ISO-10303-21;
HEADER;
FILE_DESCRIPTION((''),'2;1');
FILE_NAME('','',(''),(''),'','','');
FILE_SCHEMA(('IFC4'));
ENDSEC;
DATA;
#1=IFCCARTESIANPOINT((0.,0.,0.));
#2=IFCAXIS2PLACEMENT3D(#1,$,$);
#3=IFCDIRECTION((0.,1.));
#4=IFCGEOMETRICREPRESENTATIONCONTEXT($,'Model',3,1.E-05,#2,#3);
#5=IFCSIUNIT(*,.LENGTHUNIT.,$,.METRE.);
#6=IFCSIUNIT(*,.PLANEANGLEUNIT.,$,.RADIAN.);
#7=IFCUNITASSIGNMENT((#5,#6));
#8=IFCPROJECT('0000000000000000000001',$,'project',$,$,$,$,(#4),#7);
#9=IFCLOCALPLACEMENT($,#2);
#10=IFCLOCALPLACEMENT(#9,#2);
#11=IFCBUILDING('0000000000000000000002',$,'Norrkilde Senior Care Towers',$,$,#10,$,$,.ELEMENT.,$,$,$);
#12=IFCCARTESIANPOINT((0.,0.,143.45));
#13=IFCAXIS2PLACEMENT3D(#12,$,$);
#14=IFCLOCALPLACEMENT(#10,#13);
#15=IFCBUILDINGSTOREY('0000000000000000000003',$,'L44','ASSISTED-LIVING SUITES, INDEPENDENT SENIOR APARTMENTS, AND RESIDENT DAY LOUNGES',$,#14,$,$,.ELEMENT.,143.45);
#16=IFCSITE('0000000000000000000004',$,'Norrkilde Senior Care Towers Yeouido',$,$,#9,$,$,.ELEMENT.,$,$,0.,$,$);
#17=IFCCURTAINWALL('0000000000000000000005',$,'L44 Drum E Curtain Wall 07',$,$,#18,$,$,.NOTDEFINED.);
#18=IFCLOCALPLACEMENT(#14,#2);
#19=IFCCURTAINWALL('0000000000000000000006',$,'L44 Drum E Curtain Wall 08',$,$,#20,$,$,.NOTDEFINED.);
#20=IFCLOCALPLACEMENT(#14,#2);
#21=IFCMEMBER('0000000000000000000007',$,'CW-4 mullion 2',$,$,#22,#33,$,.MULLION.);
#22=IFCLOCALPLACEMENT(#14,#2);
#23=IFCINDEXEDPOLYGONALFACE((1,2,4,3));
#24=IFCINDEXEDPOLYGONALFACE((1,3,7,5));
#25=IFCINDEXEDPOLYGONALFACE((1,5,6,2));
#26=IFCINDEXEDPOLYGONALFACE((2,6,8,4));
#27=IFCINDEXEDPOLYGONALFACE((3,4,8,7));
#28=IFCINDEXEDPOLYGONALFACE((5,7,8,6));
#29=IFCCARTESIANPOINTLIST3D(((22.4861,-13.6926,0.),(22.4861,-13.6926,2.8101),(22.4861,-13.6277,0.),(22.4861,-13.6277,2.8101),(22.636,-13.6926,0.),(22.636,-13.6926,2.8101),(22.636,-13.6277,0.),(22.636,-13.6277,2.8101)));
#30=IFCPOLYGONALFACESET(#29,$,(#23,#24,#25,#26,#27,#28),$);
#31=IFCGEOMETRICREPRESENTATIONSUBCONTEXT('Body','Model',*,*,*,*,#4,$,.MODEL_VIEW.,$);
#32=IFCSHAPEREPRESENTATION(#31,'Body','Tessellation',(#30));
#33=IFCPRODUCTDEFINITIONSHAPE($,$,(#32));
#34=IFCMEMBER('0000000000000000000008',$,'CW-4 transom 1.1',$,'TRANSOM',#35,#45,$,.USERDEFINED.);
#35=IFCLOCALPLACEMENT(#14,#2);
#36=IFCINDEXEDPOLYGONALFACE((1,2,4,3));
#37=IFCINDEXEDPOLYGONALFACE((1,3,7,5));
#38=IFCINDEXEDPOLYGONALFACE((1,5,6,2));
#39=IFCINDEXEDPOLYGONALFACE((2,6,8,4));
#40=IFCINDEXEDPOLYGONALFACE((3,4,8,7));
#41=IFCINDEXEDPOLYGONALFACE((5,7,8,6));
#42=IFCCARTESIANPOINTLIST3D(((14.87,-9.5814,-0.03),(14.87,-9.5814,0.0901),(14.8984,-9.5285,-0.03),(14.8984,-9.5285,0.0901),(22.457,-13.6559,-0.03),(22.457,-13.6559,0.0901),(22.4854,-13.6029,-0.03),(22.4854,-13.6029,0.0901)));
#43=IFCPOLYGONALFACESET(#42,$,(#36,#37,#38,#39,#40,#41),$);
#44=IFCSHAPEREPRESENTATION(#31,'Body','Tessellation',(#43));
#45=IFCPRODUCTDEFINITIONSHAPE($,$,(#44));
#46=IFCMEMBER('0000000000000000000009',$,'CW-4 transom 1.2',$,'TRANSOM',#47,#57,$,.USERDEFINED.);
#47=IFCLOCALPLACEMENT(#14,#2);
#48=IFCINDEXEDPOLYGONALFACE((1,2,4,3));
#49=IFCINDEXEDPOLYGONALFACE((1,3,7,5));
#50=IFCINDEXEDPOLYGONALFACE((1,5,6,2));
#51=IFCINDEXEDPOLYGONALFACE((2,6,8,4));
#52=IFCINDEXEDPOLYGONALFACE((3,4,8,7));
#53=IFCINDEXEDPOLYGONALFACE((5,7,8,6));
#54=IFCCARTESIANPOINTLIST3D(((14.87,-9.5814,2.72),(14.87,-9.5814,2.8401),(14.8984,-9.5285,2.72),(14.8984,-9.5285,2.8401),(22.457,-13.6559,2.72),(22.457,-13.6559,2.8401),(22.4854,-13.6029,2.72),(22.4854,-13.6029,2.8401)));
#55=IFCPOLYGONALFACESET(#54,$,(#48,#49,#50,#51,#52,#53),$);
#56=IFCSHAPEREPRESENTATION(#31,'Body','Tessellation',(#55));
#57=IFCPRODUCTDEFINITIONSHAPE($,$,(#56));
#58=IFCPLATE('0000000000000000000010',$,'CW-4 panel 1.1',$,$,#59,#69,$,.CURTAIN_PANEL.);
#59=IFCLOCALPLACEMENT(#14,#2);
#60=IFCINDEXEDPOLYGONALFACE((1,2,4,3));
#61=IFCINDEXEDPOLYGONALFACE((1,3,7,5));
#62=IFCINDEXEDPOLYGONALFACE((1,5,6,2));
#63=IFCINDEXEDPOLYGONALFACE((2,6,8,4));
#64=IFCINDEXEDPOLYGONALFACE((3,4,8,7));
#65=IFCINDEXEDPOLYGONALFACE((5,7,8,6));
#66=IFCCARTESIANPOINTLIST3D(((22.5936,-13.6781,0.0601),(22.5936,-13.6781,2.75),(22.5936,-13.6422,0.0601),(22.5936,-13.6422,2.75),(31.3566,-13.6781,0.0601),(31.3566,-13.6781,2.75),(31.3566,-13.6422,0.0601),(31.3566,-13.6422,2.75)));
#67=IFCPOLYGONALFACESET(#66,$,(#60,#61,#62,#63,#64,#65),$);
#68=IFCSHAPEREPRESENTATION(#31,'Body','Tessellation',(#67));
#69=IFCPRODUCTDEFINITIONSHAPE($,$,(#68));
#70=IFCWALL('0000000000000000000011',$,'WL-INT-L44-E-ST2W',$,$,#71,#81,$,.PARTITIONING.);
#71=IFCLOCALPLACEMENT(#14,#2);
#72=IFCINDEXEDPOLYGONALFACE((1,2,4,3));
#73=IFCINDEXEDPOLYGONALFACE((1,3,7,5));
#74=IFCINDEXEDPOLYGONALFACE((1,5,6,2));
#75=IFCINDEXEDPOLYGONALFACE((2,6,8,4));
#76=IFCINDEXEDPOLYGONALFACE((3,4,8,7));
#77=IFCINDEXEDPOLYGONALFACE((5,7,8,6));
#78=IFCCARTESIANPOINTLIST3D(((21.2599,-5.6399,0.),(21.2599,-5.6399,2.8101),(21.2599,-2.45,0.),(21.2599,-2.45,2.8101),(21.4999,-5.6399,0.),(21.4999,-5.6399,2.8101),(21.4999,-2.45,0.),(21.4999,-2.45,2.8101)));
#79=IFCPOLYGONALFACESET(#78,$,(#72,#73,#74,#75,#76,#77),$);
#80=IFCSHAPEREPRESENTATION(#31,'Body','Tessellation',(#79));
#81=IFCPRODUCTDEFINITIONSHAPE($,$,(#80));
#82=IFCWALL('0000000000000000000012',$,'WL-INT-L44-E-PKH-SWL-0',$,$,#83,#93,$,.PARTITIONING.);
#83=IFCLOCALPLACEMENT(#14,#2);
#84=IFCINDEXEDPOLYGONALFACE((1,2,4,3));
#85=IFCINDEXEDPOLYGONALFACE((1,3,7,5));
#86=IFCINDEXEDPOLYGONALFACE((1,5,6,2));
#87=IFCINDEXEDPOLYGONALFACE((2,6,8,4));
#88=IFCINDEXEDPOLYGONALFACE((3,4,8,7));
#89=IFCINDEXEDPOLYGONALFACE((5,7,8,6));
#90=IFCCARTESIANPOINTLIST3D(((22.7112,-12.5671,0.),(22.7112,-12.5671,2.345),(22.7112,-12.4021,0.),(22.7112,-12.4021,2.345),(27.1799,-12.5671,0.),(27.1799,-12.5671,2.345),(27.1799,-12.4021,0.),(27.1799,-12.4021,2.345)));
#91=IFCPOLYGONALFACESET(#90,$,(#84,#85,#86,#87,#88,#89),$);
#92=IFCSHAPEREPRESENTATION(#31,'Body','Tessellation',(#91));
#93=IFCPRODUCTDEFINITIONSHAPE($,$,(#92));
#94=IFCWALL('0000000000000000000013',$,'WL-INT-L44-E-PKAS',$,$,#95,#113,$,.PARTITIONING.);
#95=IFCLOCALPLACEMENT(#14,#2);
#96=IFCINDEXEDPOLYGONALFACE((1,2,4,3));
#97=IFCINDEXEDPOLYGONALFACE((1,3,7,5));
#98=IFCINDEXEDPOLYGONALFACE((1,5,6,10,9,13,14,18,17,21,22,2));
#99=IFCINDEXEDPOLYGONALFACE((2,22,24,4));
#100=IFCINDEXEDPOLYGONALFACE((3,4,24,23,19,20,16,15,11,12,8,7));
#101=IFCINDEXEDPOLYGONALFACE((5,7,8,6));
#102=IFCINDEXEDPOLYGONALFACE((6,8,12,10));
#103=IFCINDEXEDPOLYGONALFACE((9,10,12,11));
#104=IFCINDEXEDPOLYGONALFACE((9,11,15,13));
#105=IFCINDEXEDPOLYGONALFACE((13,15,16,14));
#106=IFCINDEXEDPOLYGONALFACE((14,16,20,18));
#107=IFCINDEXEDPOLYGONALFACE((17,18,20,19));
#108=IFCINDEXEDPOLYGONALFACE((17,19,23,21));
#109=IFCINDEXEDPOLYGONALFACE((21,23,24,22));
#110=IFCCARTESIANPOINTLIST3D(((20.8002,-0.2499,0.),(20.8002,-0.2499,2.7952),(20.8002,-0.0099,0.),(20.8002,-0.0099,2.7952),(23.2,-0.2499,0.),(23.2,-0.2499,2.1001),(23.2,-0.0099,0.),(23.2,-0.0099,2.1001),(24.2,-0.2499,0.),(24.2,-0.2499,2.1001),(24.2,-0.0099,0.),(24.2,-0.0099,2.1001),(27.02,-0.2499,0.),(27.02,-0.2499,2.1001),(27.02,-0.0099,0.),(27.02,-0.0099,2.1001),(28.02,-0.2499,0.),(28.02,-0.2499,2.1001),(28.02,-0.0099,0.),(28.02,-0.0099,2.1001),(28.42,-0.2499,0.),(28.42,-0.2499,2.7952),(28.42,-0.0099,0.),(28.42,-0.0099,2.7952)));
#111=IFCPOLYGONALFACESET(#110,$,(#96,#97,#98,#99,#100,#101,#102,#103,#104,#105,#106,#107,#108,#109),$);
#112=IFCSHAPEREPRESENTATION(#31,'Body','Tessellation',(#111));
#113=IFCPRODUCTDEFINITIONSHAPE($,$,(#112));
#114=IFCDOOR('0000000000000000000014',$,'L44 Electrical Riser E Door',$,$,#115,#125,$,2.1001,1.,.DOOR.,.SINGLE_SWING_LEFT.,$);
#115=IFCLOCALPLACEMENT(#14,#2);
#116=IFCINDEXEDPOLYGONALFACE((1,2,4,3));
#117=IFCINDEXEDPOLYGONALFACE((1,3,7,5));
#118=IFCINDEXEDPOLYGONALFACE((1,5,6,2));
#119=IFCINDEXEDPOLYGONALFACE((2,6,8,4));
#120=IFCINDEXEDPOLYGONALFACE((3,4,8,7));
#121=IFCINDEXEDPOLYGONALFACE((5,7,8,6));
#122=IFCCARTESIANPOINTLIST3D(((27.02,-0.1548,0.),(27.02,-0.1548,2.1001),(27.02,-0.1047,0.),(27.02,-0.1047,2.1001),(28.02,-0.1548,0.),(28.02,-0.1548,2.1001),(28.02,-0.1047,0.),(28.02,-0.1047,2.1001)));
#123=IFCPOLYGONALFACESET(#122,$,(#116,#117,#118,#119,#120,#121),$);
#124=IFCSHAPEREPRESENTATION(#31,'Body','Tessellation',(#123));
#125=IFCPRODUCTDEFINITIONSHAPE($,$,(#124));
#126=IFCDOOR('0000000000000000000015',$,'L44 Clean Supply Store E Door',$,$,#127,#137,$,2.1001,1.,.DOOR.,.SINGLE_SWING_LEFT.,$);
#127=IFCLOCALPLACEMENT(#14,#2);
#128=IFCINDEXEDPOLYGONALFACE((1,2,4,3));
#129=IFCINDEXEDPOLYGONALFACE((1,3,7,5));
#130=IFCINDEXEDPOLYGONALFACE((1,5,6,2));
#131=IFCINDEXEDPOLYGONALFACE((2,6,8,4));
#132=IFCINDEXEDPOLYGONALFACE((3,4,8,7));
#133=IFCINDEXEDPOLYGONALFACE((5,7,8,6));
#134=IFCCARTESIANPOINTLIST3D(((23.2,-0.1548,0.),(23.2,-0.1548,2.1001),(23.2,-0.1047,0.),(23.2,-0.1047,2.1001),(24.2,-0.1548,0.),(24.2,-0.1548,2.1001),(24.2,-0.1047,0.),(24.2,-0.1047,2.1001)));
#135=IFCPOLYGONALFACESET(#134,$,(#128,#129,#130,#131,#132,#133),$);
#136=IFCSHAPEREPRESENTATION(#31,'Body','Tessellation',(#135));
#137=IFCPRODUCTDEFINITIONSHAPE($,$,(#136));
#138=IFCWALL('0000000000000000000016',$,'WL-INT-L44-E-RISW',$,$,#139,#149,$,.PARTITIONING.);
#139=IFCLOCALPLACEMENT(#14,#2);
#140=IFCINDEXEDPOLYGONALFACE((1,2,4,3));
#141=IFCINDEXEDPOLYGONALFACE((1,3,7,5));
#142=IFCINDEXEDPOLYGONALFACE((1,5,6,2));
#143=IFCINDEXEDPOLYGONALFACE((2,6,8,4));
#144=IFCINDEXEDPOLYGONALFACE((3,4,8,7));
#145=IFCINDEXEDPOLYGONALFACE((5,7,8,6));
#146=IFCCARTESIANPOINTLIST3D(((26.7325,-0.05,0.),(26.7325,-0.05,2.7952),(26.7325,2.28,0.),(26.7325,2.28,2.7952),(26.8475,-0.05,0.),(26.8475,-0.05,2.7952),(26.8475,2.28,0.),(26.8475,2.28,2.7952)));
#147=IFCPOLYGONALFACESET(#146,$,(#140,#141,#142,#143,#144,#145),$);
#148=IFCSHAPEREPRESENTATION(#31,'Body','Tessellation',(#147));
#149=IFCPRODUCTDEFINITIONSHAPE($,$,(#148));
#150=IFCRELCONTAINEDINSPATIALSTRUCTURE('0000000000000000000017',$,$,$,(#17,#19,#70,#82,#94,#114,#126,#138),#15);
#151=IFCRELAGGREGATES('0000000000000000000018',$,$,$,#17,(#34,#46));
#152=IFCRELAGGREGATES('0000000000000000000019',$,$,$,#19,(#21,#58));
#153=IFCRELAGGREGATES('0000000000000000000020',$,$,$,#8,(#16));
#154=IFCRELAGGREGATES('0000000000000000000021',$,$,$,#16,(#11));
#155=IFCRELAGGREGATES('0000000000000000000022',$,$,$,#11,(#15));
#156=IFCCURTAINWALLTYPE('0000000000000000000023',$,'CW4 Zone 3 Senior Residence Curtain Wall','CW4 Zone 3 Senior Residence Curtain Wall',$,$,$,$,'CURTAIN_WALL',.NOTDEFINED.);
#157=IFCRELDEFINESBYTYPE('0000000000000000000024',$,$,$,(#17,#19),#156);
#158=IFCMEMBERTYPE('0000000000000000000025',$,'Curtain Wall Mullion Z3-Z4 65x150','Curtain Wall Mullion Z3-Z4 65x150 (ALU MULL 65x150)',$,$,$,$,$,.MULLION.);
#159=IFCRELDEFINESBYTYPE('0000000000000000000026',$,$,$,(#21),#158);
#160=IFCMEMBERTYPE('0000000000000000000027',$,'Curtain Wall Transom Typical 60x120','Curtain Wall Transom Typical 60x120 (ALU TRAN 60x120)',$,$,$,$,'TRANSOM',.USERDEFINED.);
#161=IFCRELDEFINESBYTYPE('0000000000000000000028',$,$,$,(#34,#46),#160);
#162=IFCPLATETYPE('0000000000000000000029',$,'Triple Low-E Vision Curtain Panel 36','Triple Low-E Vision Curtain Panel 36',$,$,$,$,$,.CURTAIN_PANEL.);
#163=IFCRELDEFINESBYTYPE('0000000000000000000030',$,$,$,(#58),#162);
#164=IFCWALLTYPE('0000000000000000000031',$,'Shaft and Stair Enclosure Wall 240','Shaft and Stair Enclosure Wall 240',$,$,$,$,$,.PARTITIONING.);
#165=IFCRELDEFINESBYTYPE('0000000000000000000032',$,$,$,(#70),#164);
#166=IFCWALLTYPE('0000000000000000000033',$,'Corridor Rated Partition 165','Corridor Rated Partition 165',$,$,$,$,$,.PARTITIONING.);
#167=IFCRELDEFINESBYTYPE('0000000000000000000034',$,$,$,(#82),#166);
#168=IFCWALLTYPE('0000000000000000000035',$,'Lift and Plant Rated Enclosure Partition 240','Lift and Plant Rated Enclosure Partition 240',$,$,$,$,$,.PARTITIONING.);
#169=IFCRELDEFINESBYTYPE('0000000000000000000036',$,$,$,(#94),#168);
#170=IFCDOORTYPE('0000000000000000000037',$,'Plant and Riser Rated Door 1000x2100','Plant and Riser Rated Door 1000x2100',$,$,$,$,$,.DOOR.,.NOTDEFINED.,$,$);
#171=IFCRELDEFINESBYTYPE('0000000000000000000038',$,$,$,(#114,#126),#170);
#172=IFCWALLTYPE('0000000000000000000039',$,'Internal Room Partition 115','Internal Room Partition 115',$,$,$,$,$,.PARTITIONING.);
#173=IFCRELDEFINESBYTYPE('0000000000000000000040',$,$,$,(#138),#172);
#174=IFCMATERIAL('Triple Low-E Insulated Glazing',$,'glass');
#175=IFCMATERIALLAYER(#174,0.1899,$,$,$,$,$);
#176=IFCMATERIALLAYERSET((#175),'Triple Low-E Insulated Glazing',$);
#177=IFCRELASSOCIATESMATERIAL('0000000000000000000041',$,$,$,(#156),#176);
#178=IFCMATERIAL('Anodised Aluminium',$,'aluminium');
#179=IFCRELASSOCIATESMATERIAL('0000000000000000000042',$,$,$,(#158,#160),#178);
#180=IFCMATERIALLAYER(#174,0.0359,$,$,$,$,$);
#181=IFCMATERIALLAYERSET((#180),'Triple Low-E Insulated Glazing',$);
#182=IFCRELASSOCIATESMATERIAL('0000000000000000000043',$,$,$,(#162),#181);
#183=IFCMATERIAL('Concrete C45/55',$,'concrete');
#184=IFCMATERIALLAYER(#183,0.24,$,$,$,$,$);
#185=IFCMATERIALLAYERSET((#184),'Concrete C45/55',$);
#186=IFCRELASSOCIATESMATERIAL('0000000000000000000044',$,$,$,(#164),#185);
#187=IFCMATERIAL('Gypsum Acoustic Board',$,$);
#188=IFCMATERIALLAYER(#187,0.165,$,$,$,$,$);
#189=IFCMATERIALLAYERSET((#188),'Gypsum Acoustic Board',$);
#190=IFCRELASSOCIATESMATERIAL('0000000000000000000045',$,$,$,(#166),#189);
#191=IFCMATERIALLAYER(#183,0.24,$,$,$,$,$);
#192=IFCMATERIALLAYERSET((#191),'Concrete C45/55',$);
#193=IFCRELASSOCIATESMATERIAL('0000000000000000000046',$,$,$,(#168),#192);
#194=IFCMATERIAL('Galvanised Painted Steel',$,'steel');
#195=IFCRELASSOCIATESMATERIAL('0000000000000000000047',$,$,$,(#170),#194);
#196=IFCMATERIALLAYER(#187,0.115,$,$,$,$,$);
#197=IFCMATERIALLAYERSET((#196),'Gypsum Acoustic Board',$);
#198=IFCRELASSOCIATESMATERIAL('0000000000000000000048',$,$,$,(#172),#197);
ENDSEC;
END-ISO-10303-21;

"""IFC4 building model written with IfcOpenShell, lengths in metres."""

from ifc_helpers import new_model, si_unit, direction, frame, frame_2d, origin, origin_2d, place, context, subcontext, project, spatial, rectangle, extrude, source, transform, mapped, material, layer, layer_set, material_profile, profile_set, type_object, type_shapes, element, fill, aggregate, save


model = new_model("IFC4")

# Units and contexts
model_context = context("Model", 3, precision=1e-05, world=origin(), true_north=direction((0.0, 1.0)))
body_context = subcontext(model_context, "Body", "Model", "MODEL_VIEW")
ifc_project = project(units=[si_unit("LENGTHUNIT", "METRE"), si_unit("PLANEANGLEUNIT", "RADIAN")], contexts=[model_context])

# Site, building, storey
site_placement = place(None, origin())
site = spatial("IfcSite", under=ifc_project, at=site_placement, Name="Norrkilde Senior Care Towers Yeouido", CompositionType="ELEMENT", RefElevation=0.0)
building_placement = place(site_placement, origin())
building = spatial("IfcBuilding", under=site, at=building_placement, Name="Norrkilde Senior Care Towers", CompositionType="ELEMENT")
storey_placement = place(building_placement, frame((0.0, 0.0, 143.45)))
storey = spatial("IfcBuildingStorey", under=building, at=storey_placement, Name="L44", Description="ASSISTED-LIVING SUITES, INDEPENDENT SENIOR APARTMENTS, AND RESIDENT DAY LOUNGES", CompositionType="ELEMENT", Elevation=143.45)

# Curtain walls, member
ifc_material_1 = material(Name="Triple Low-E Insulated Glazing", Category="glass")
ifc_layer_1 = layer(ifc_material_1, 0.1899)
ifc_layer_set_1 = layer_set([ifc_layer_1], Name="Triple Low-E Insulated Glazing")
curtain_wall_type = type_object("IfcCurtainWallType", Name="CW4 Zone 3 Senior Residence Curtain Wall", Description="CW4 Zone 3 Senior Residence Curtain Wall", ElementType="CURTAIN_WALL", PredefinedType="NOTDEFINED", material=ifc_layer_set_1)
curtain_wall_1_placement = place(storey_placement, origin())
curtain_wall_1 = element("IfcCurtainWall", 1, at=curtain_wall_1_placement, inside=storey, type_object=curtain_wall_type, Name="L44 Drum E Curtain Wall 07", PredefinedType="NOTDEFINED")
ifc_material_2 = material(Name="Anodised Aluminium", Category="aluminium")
ifc_material_profile_1 = material_profile(ifc_material_2, rectangle(XDim=0.0649, YDim=0.1499, at=origin_2d()), Name="ALU MULL 65x150")
ifc_profile_set_1 = profile_set([ifc_material_profile_1], Name="Anodised Aluminium")
member_type_1 = type_object("IfcMemberType", Name="Curtain Wall Mullion Z3-Z4 65x150", Description="Curtain Wall Mullion Z3-Z4 65x150 (ALU MULL 65x150)", PredefinedType="MULLION", material=ifc_profile_set_1)
shared_shape_1 = source(origin(), body_context, "Body", "SweptSolid", [
    extrude(rectangle(XDim=0.0649, YDim=0.1499, at=origin_2d()), origin(), (0.0, 0.0, 1.0), 2.8101),
])
type_shapes(member_type_1, [shared_shape_1])
curtain_wall_2_placement = place(storey_placement, origin())
curtain_wall_2 = element("IfcCurtainWall", 2, at=curtain_wall_2_placement, inside=storey, type_object=curtain_wall_type, Name="L44 Drum E Curtain Wall 08", PredefinedType="NOTDEFINED")
member_1_placement = place(storey_placement, frame((22.561, -13.6602, 0.0), z_axis=(0.0, 0.0, 1.0), x_axis=(0.0, -1.0, 0.0)))
member_1 = element("IfcMember", 3, at=member_1_placement, type_object=member_type_1, Name="CW-4 mullion 2", PredefinedType="MULLION", context=body_context, shape_type="MappedRepresentation", body=[
    mapped(shared_shape_1, transform((0.0, 0.0, 0.0), x_axis=(1.0, 0.0, 0.0), y_axis=(0.0, 1.0, 0.0), z_axis=(0.0, 0.0, 1.0), scale=1.0)),
])

# Members
ifc_material_profile_2 = material_profile(ifc_material_2, rectangle(XDim=0.0601, YDim=0.1201, at=origin_2d()), Name="ALU TRAN 60x120")
ifc_profile_set_2 = profile_set([ifc_material_profile_2], Name="Anodised Aluminium")
member_type_2 = type_object("IfcMemberType", Name="Curtain Wall Transom Typical 60x120", Description="Curtain Wall Transom Typical 60x120 (ALU TRAN 60x120)", ElementType="TRANSOM", PredefinedType="USERDEFINED", material=ifc_profile_set_2)
shared_shape_2 = source(origin(), body_context, "Body", "SweptSolid", [
    extrude(rectangle(XDim=0.0601, YDim=0.1201, at=origin_2d()), origin(), (0.0, 0.0, 1.0), 8.6118),
])
type_shapes(member_type_2, [shared_shape_2])
member_2_placement = place(storey_placement, frame((22.4712, -13.6294, 0.03), z_axis=(-0.880994, 0.473127, 0.0), x_axis=(-0.473127, -0.880994, 0.0)))
member_2 = element("IfcMember", 4, at=member_2_placement, type_object=member_type_2, Name="CW-4 transom 1.1", ObjectType="TRANSOM", PredefinedType="USERDEFINED", context=body_context, shape_type="MappedRepresentation", body=[
    mapped(shared_shape_2, transform((0.0, 0.0, 0.0), x_axis=(1.0, 0.0, 0.0), y_axis=(0.0, 1.0, 0.0), z_axis=(0.0, 0.0, 1.0), scale=1.0)),
])
member_3_placement = place(storey_placement, frame((22.4712, -13.6294, 2.78), z_axis=(-0.880994, 0.473127, 0.0), x_axis=(-0.473127, -0.880994, 0.0)))
member_3 = element("IfcMember", 5, at=member_3_placement, type_object=member_type_2, Name="CW-4 transom 1.2", ObjectType="TRANSOM", PredefinedType="USERDEFINED", context=body_context, shape_type="MappedRepresentation", body=[
    mapped(shared_shape_2, transform((0.0, 0.0, 0.0), x_axis=(1.0, 0.0, 0.0), y_axis=(0.0, 1.0, 0.0), z_axis=(0.0, 0.0, 1.0), scale=1.0)),
])
aggregate(curtain_wall_1, [member_2, member_3])

# Plate
ifc_layer_2 = layer(ifc_material_1, 0.0359)
ifc_layer_set_2 = layer_set([ifc_layer_2], Name="Triple Low-E Insulated Glazing")
plate_type = type_object("IfcPlateType", Name="Triple Low-E Vision Curtain Panel 36", Description="Triple Low-E Vision Curtain Panel 36", PredefinedType="CURTAIN_PANEL", material=ifc_layer_set_2)
shared_shape_3 = source(origin(), body_context, "Body", "SweptSolid", [
    extrude(rectangle(XDim=8.7629, YDim=0.0359, at=origin_2d()), origin(), (0.0, 0.0, 1.0), 2.6899),
])
type_shapes(plate_type, [shared_shape_3])
plate_placement = place(storey_placement, frame((26.9751, -13.6602, 0.0601), z_axis=(0.0, 0.0, 1.0), x_axis=(-1.0, 0.0, 0.0)))
plate = element("IfcPlate", 6, at=plate_placement, type_object=plate_type, Name="CW-4 panel 1.1", PredefinedType="CURTAIN_PANEL", context=body_context, shape_type="MappedRepresentation", body=[
    mapped(shared_shape_3, transform((0.0, 0.0, 0.0), x_axis=(1.0, 0.0, 0.0), y_axis=(0.0, 1.0, 0.0), z_axis=(0.0, 0.0, 1.0), scale=1.0)),
])
aggregate(curtain_wall_2, [member_1, plate])

# Walls
ifc_material_3 = material(Name="Concrete C45/55", Category="concrete")
ifc_layer_3 = layer(ifc_material_3, 0.24)
ifc_layer_set_3 = layer_set([ifc_layer_3], Name="Concrete C45/55")
wall_type_1 = type_object("IfcWallType", Name="Shaft and Stair Enclosure Wall 240", Description="Shaft and Stair Enclosure Wall 240", PredefinedType="PARTITIONING", material=ifc_layer_set_3)
shared_shape_4 = source(origin(), body_context, "Body", "SweptSolid", [
    extrude(rectangle(XDim=3.1899, YDim=0.24, at=frame_2d((1.595, 0.0))), origin(), (0.0, 0.0, 1.0), 2.8101),
])
type_shapes(wall_type_1, [shared_shape_4])
wall_1_placement = place(storey_placement, frame((21.3799, -5.6399, 0.0), z_axis=(0.0, 0.0, 1.0), x_axis=(0.0, 1.0, 0.0)))
element("IfcWall", 7, at=wall_1_placement, inside=storey, type_object=wall_type_1, Name="WL-INT-L44-E-ST2W", PredefinedType="PARTITIONING", context=body_context, shape_type="MappedRepresentation", body=[
    mapped(shared_shape_4, transform((0.0, 0.0, 0.0), x_axis=(1.0, 0.0, 0.0), y_axis=(0.0, 1.0, 0.0), z_axis=(0.0, 0.0, 1.0), scale=1.0)),
])
ifc_material_4 = material(Name="Gypsum Acoustic Board")
ifc_layer_4 = layer(ifc_material_4, 0.165)
ifc_layer_set_4 = layer_set([ifc_layer_4], Name="Gypsum Acoustic Board")
wall_type_2 = type_object("IfcWallType", Name="Corridor Rated Partition 165", Description="Corridor Rated Partition 165", PredefinedType="PARTITIONING", material=ifc_layer_set_4)
shared_shape_5 = source(origin(), body_context, "Body", "SweptSolid", [
    extrude(rectangle(XDim=4.4688, YDim=0.165, at=frame_2d((2.2344, 0.0))), origin(), (0.0, 0.0, 1.0), 2.345),
])
wall_2_placement = place(storey_placement, frame((22.7112, -12.4846, 0.0), z_axis=(0.0, 0.0, 1.0), x_axis=(1.0, 0.0, 0.0)))
element("IfcWall", 8, at=wall_2_placement, inside=storey, type_object=wall_type_2, Name="WL-INT-L44-E-PKH-SWL-0", PredefinedType="PARTITIONING", context=body_context, shape_type="MappedRepresentation", body=[
    mapped(shared_shape_5, transform((0.0, 0.0, 0.0), x_axis=(1.0, 0.0, 0.0), y_axis=(0.0, 1.0, 0.0), z_axis=(0.0, 0.0, 1.0), scale=1.0)),
])

# Wall, openings, doors
ifc_layer_5 = layer(ifc_material_3, 0.24)
ifc_layer_set_5 = layer_set([ifc_layer_5], Name="Concrete C45/55")
wall_type_3 = type_object("IfcWallType", Name="Lift and Plant Rated Enclosure Partition 240", Description="Lift and Plant Rated Enclosure Partition 240", PredefinedType="PARTITIONING", material=ifc_layer_set_5)
shared_shape_6 = source(origin(), body_context, "Body", "SweptSolid", [
    extrude(rectangle(XDim=7.6199, YDim=0.24, at=frame_2d((3.8101, 0.0))), origin(), (0.0, 0.0, 1.0), 2.7952),
])
type_shapes(wall_type_3, [shared_shape_6])
wall_3_placement = place(storey_placement, frame((20.8, -0.1299, 0.0), z_axis=(0.0, 0.0, 1.0), x_axis=(1.0, 0.0, 0.0)))
wall_3 = element("IfcWall", 9, at=wall_3_placement, inside=storey, type_object=wall_type_3, Name="WL-INT-L44-E-PKAS", PredefinedType="PARTITIONING", context=body_context, shape_type="MappedRepresentation", body=[
    mapped(shared_shape_6, transform((0.0, 0.0, 0.0), x_axis=(1.0, 0.0, 0.0), y_axis=(0.0, 1.0, 0.0), z_axis=(0.0, 0.0, 1.0), scale=1.0)),
])
opening_1_placement = place(wall_3_placement, frame((6.22, 0.0, 0.0)))
opening_1 = element("IfcOpeningElement", 10, at=opening_1_placement, cuts=wall_3, PredefinedType="OPENING", context=body_context, shape_type="SweptSolid", body=[
    extrude(rectangle(XDim=1.0, YDim=2.1001, at=frame_2d((0.5, 1.05))), frame((0.0, 0.1299, 0.0), z_axis=(0.0, -1.0, 0.0), x_axis=(1.0, 0.0, 0.0)), (0.0, 0.0, 1.0), 0.26),
])
opening_2_placement = place(wall_3_placement, frame((2.3999, 0.0, 0.0)))
opening_2 = element("IfcOpeningElement", 11, at=opening_2_placement, cuts=wall_3, PredefinedType="OPENING", context=body_context, shape_type="SweptSolid", body=[
    extrude(rectangle(XDim=1.0, YDim=2.1001, at=frame_2d((0.5, 1.05))), frame((0.0, 0.1299, 0.0), z_axis=(0.0, -1.0, 0.0), x_axis=(1.0, 0.0, 0.0)), (0.0, 0.0, 1.0), 0.26),
])
ifc_material_5 = material(Name="Galvanised Painted Steel", Category="steel")
door_type = type_object("IfcDoorType", Name="Plant and Riser Rated Door 1000x2100", Description="Plant and Riser Rated Door 1000x2100", OperationType="NOTDEFINED", PredefinedType="DOOR", material=ifc_material_5)
shared_shape_7 = source(origin(), body_context, "Body", "SweptSolid", [
    extrude(rectangle(XDim=1.0, YDim=2.1001, at=frame_2d((0.5, 1.05))), frame((0.0, 0.0249, 0.0), z_axis=(0.0, -1.0, 0.0), x_axis=(1.0, 0.0, 0.0)), (0.0, 0.0, 1.0), 0.05),
])
type_shapes(door_type, [shared_shape_7])
door_1_placement = place(opening_1_placement, frame((1.0, 0.0, 0.0), z_axis=(0.0, 0.0, 1.0), x_axis=(-1.0, 0.0, 0.0)))
door_1 = element("IfcDoor", 12, at=door_1_placement, inside=storey, type_object=door_type, Name="L44 Electrical Riser E Door", OperationType="SINGLE_SWING_LEFT", OverallHeight=2.1001, OverallWidth=1.0, PredefinedType="DOOR", context=body_context, shape_type="MappedRepresentation", body=[
    mapped(shared_shape_7, transform((0.0, 0.0, 0.0), x_axis=(1.0, 0.0, 0.0), y_axis=(0.0, 1.0, 0.0), z_axis=(0.0, 0.0, 1.0), scale=1.0)),
])
fill(opening_1, door_1)
door_2_placement = place(opening_2_placement, frame((1.0, 0.0, 0.0), z_axis=(0.0, 0.0, 1.0), x_axis=(-1.0, 0.0, 0.0)))
door_2 = element("IfcDoor", 13, at=door_2_placement, inside=storey, type_object=door_type, Name="L44 Clean Supply Store E Door", OperationType="SINGLE_SWING_LEFT", OverallHeight=2.1001, OverallWidth=1.0, PredefinedType="DOOR", context=body_context, shape_type="MappedRepresentation", body=[
    mapped(shared_shape_7, transform((0.0, 0.0, 0.0), x_axis=(1.0, 0.0, 0.0), y_axis=(0.0, 1.0, 0.0), z_axis=(0.0, 0.0, 1.0), scale=1.0)),
])
fill(opening_2, door_2)

# Wall
ifc_layer_6 = layer(ifc_material_4, 0.115)
ifc_layer_set_6 = layer_set([ifc_layer_6], Name="Gypsum Acoustic Board")
wall_type_4 = type_object("IfcWallType", Name="Internal Room Partition 115", Description="Internal Room Partition 115", PredefinedType="PARTITIONING", material=ifc_layer_set_6)
shared_shape_8 = source(origin(), body_context, "Body", "SweptSolid", [
    extrude(rectangle(XDim=2.3301, YDim=0.115, at=frame_2d((1.165, 0.0))), origin(), (0.0, 0.0, 1.0), 2.7952),
])
type_shapes(wall_type_4, [shared_shape_8])
wall_4_placement = place(storey_placement, frame((26.79, -0.05, 0.0), z_axis=(0.0, 0.0, 1.0), x_axis=(0.0, 1.0, 0.0)))
element("IfcWall", 14, at=wall_4_placement, inside=storey, type_object=wall_type_4, Name="WL-INT-L44-E-RISW", PredefinedType="PARTITIONING", context=body_context, shape_type="MappedRepresentation", body=[
    mapped(shared_shape_8, transform((0.0, 0.0, 0.0), x_axis=(1.0, 0.0, 0.0), y_axis=(0.0, 1.0, 0.0), z_axis=(0.0, 0.0, 1.0), scale=1.0)),
])

save(model, "model.ifc")
